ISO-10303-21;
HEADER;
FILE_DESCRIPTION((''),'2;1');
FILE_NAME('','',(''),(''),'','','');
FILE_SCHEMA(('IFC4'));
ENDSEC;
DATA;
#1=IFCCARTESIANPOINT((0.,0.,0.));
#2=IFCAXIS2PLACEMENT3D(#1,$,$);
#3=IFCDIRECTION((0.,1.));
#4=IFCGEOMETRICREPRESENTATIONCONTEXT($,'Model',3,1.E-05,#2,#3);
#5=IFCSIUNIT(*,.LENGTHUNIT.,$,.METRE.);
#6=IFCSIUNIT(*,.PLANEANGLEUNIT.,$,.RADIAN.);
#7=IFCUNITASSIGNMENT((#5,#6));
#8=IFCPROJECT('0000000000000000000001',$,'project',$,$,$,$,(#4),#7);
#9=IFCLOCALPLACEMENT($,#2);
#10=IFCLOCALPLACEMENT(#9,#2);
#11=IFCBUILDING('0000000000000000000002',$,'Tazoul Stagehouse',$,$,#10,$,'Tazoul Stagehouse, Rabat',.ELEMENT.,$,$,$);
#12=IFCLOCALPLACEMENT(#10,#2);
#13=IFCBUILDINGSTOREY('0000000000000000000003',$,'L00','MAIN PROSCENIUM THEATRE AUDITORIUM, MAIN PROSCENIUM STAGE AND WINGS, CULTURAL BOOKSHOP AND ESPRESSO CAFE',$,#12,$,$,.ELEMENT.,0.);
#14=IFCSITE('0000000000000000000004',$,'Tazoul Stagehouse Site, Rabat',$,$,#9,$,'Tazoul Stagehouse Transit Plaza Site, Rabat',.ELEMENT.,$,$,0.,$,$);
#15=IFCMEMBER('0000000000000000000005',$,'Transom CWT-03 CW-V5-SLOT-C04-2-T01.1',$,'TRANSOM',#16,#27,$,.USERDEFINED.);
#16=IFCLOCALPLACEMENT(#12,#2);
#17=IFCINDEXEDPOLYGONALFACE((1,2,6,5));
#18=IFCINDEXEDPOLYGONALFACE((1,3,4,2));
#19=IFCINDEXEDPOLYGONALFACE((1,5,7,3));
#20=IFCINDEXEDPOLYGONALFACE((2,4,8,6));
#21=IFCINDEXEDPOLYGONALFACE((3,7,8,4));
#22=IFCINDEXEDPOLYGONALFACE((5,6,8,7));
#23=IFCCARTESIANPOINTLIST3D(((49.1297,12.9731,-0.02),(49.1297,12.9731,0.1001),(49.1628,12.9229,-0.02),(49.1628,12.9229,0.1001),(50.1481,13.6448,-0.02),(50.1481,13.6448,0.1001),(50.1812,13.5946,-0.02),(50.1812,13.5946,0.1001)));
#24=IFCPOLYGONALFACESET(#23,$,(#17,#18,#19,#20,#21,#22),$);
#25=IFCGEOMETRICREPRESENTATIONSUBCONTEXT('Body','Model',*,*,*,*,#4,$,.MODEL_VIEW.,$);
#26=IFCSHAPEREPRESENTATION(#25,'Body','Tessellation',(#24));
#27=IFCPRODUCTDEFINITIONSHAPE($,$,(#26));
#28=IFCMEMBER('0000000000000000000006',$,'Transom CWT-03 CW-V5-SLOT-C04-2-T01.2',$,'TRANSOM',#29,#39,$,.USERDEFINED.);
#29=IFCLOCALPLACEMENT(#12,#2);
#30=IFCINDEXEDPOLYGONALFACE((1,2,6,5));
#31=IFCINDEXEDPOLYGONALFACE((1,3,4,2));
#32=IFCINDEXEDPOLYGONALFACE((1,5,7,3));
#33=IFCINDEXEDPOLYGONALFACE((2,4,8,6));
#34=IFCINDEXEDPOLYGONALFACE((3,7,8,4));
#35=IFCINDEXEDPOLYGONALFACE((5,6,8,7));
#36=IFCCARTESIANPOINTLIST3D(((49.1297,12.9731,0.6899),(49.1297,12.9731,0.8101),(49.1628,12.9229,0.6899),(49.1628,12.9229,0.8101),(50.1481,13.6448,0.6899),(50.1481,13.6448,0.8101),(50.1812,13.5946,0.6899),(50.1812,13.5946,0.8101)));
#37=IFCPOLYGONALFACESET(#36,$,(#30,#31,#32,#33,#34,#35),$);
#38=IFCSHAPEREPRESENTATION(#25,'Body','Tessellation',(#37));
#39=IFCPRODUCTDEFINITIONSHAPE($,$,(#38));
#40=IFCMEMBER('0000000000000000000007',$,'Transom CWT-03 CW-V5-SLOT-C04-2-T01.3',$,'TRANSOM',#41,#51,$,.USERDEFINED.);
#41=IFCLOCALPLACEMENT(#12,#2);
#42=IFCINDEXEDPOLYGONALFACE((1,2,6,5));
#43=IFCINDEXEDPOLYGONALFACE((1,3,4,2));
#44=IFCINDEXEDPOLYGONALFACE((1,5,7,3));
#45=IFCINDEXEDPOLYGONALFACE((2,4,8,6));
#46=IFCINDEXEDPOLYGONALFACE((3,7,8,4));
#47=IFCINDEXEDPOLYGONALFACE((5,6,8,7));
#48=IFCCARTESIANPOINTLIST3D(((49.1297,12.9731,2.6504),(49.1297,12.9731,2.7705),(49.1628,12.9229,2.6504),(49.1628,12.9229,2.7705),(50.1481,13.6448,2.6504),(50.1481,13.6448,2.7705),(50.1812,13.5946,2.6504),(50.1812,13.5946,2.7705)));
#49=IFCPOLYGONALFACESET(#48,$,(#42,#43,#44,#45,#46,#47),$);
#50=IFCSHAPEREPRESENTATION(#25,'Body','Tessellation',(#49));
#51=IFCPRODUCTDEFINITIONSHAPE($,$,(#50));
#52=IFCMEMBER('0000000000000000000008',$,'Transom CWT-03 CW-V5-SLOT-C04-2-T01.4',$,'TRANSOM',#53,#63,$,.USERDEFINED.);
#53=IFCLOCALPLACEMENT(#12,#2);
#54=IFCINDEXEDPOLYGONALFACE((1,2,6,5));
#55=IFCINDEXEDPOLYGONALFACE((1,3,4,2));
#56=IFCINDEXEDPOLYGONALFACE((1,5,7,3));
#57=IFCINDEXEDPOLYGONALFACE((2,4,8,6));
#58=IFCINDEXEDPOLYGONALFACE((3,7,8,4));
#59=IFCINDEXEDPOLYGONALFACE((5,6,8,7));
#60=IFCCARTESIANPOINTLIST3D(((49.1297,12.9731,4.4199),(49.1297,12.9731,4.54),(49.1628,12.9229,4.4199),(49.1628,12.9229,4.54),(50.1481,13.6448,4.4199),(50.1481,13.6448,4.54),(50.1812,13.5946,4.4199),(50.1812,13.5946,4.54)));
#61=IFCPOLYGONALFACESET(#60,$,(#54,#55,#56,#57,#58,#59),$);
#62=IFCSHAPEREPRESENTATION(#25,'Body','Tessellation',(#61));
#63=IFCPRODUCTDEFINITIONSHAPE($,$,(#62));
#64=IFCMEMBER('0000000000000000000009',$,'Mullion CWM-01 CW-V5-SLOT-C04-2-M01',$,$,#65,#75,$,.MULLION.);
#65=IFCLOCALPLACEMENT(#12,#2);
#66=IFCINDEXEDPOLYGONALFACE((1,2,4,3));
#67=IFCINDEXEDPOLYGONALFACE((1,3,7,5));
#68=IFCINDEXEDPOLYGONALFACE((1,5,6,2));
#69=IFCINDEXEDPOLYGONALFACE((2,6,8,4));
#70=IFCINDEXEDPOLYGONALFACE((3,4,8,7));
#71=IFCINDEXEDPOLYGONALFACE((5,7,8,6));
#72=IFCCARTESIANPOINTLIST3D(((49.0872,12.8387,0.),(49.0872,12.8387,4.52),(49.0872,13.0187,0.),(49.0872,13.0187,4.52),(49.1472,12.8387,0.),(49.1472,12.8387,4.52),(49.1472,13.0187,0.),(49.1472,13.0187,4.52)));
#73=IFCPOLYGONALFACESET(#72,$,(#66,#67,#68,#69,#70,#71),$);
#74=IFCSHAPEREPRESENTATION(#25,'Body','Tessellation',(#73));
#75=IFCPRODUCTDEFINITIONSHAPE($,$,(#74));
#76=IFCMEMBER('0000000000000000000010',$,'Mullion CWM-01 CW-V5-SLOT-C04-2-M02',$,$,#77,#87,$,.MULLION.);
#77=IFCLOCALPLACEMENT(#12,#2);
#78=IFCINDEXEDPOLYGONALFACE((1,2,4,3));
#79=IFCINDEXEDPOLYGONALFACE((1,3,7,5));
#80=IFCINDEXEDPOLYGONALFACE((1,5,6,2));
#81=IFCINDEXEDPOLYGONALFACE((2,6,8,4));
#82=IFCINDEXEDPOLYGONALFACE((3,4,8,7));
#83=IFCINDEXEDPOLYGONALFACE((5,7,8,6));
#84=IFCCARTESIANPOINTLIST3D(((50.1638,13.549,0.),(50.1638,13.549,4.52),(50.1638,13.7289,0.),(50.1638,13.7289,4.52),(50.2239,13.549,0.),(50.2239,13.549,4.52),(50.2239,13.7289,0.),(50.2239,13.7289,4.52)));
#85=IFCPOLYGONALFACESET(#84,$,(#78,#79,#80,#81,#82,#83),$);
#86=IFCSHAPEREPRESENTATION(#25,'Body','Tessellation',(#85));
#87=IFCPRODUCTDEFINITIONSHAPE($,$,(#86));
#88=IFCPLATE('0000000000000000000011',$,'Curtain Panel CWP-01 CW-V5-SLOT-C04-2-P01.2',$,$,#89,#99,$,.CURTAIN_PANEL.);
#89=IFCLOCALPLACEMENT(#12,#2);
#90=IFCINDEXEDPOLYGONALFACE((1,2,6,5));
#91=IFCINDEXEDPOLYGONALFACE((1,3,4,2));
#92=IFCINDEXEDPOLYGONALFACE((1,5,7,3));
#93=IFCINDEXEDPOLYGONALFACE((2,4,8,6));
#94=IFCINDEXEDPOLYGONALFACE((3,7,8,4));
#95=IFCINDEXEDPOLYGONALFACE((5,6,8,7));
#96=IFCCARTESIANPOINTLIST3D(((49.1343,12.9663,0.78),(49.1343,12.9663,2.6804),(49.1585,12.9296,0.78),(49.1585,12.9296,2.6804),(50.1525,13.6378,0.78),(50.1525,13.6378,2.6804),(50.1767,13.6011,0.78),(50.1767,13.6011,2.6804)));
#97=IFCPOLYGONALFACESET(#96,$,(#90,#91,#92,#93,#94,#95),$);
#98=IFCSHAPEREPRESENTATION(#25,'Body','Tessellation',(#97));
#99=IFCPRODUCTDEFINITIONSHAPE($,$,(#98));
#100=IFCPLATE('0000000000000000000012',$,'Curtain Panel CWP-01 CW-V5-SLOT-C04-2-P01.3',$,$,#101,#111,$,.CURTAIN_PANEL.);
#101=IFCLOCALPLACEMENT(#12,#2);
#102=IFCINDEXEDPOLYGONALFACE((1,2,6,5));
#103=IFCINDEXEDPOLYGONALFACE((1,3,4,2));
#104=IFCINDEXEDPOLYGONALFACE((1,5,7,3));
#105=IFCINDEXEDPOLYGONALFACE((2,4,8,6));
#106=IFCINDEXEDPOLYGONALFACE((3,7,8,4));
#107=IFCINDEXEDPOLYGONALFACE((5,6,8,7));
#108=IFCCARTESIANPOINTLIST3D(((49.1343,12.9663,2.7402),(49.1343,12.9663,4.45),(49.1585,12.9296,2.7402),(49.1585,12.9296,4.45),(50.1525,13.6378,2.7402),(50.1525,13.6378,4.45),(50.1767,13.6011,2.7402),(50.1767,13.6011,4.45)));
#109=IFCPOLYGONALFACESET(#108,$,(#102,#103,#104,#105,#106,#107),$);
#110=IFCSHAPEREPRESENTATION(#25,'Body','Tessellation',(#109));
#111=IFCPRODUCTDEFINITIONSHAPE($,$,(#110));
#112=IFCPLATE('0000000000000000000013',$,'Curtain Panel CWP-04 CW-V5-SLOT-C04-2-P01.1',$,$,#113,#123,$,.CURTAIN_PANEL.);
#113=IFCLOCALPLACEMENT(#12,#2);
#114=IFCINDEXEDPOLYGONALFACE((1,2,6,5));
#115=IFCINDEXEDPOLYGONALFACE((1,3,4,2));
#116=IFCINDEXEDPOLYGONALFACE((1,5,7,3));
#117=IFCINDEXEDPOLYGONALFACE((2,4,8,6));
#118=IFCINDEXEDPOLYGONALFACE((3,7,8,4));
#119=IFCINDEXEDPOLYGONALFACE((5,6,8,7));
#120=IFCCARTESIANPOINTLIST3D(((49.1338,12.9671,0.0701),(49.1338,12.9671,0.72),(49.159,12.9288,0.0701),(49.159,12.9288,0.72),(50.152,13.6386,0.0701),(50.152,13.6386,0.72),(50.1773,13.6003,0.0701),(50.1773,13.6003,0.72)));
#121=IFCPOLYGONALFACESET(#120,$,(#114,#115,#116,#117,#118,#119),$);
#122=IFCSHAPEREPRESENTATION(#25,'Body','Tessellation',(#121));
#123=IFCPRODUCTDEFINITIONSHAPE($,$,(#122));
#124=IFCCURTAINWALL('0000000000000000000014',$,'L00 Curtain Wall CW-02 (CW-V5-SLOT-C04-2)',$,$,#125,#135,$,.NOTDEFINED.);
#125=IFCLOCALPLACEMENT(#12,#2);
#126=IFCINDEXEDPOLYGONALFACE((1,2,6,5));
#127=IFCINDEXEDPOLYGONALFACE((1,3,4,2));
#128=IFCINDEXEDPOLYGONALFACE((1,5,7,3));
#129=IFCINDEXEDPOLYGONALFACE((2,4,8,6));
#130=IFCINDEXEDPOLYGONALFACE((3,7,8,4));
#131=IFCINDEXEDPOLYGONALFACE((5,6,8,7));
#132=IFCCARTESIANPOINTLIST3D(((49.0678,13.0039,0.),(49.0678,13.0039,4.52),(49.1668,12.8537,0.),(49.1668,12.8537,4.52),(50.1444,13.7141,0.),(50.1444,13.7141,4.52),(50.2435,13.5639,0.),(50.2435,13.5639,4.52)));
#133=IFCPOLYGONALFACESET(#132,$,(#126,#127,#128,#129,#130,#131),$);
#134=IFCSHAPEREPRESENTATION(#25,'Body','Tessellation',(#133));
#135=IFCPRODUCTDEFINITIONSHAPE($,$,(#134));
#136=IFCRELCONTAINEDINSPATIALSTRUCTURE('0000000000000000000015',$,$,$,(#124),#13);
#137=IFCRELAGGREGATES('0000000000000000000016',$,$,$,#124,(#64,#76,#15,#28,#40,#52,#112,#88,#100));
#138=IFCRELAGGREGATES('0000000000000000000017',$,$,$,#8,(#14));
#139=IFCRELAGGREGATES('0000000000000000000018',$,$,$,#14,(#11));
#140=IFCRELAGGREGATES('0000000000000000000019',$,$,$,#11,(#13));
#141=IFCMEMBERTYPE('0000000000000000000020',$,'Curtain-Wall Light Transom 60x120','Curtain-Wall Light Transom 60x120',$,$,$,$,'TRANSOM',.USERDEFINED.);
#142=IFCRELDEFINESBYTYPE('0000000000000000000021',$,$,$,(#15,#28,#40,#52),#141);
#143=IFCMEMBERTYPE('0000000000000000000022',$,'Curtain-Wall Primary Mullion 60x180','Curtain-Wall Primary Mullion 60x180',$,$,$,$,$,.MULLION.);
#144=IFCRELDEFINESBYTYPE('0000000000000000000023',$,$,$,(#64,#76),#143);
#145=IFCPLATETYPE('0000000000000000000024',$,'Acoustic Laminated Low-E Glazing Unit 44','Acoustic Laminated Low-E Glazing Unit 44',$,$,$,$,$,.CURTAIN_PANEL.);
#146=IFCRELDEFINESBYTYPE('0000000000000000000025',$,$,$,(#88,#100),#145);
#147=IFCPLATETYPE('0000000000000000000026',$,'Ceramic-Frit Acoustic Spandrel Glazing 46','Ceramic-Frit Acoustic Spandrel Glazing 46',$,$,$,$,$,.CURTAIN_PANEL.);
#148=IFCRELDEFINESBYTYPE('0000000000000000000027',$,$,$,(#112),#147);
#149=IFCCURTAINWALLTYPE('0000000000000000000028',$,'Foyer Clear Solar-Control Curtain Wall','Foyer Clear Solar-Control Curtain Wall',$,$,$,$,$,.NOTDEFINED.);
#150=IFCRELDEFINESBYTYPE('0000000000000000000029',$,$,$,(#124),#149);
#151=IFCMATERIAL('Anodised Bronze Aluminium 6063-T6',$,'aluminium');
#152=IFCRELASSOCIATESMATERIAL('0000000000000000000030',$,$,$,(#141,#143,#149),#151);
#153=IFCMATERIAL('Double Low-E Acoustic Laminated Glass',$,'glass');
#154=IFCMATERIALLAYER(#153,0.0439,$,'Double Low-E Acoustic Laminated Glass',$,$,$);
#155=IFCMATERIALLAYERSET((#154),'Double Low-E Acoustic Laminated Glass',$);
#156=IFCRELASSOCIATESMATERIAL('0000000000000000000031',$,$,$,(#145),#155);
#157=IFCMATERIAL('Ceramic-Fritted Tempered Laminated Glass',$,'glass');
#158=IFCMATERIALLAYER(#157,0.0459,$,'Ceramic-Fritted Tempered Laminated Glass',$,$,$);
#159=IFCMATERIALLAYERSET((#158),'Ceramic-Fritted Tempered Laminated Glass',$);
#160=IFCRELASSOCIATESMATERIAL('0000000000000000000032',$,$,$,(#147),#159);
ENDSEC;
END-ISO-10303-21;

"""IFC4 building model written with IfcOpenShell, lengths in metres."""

from ifc_helpers import new_model, si_unit, direction, frame, frame_2d, origin, origin_2d, place, context, subcontext, project, spatial, rectangle, extrude, material, layer, layer_set, material_profile, profile_set, type_object, element, aggregate, save


model = new_model("IFC4")

# Units and contexts
model_context = context("Model", 3, precision=1e-05, world=origin(), true_north=direction((0.0, 1.0)))
body_context = subcontext(model_context, "Body", "Model", "MODEL_VIEW")
ifc_project = project(units=[si_unit("LENGTHUNIT", "METRE"), si_unit("PLANEANGLEUNIT", "RADIAN")], contexts=[model_context])

# Members
ifc_material_1 = material(Name="Anodised Bronze Aluminium 6063-T6", Category="aluminium")
ifc_material_profile_1 = material_profile(ifc_material_1, rectangle(XDim=0.0601, YDim=0.1201, at=origin_2d()), Name="ALU TRANSOM 60x120")
ifc_profile_set_1 = profile_set([ifc_material_profile_1], Name="Anodised Bronze Aluminium 6063-T6")
member_type_1 = type_object("IfcMemberType", Name="Curtain-Wall Light Transom 60x120", Description="Curtain-Wall Light Transom 60x120", ElementType="TRANSOM", PredefinedType="USERDEFINED", material=ifc_profile_set_1)
site_placement = place(None, origin())
building_placement = place(site_placement, origin())
storey_placement = place(building_placement, origin())
member_1_placement = place(storey_placement, frame((49.1462, 12.948, 0.04), z_axis=(0.834781, 0.550583, 0.0), x_axis=(-0.550583, 0.834781, 0.0)))
member_1 = element("IfcMember", 1, at=member_1_placement, type_object=member_type_1, Name="Transom CWT-03 CW-V5-SLOT-C04-2-T01.1", ObjectType="TRANSOM", PredefinedType="USERDEFINED", context=body_context, shape_type="SweptSolid", body=[
    extrude(rectangle(XDim=0.0601, YDim=0.1201, at=origin_2d()), origin(), (0.0, 0.0, 1.0), 1.22),
])
member_2_placement = place(storey_placement, frame((49.1462, 12.948, 0.75), z_axis=(0.834781, 0.550583, 0.0), x_axis=(-0.550583, 0.834781, 0.0)))
member_2 = element("IfcMember", 2, at=member_2_placement, type_object=member_type_1, Name="Transom CWT-03 CW-V5-SLOT-C04-2-T01.2", ObjectType="TRANSOM", PredefinedType="USERDEFINED", context=body_context, shape_type="SweptSolid", body=[
    extrude(rectangle(XDim=0.0601, YDim=0.1201, at=origin_2d()), origin(), (0.0, 0.0, 1.0), 1.22),
])
member_3_placement = place(storey_placement, frame((49.1462, 12.948, 2.7104), z_axis=(0.834781, 0.550583, 0.0), x_axis=(-0.550583, 0.834781, 0.0)))
member_3 = element("IfcMember", 3, at=member_3_placement, type_object=member_type_1, Name="Transom CWT-03 CW-V5-SLOT-C04-2-T01.3", ObjectType="TRANSOM", PredefinedType="USERDEFINED", context=body_context, shape_type="SweptSolid", body=[
    extrude(rectangle(XDim=0.0601, YDim=0.1201, at=origin_2d()), origin(), (0.0, 0.0, 1.0), 1.22),
])
member_4_placement = place(storey_placement, frame((49.1462, 12.948, 4.48), z_axis=(0.834781, 0.550583, 0.0), x_axis=(-0.550583, 0.834781, 0.0)))
member_4 = element("IfcMember", 4, at=member_4_placement, type_object=member_type_1, Name="Transom CWT-03 CW-V5-SLOT-C04-2-T01.4", ObjectType="TRANSOM", PredefinedType="USERDEFINED", context=body_context, shape_type="SweptSolid", body=[
    extrude(rectangle(XDim=0.0601, YDim=0.1201, at=origin_2d()), origin(), (0.0, 0.0, 1.0), 1.22),
])
ifc_material_profile_2 = material_profile(ifc_material_1, rectangle(XDim=0.0601, YDim=0.1799, at=origin_2d()), Name="ALU MULLION 60x180")
ifc_profile_set_2 = profile_set([ifc_material_profile_2], Name="Anodised Bronze Aluminium 6063-T6")
member_type_2 = type_object("IfcMemberType", Name="Curtain-Wall Primary Mullion 60x180", Description="Curtain-Wall Primary Mullion 60x180", PredefinedType="MULLION", material=ifc_profile_set_2)
member_5_placement = place(storey_placement, frame((49.1172, 12.9287, 0.0), z_axis=(0.0, 0.0, 1.0), x_axis=(1.0, 0.0, 0.0)))
member_5 = element("IfcMember", 5, at=member_5_placement, type_object=member_type_2, Name="Mullion CWM-01 CW-V5-SLOT-C04-2-M01", PredefinedType="MULLION", context=body_context, shape_type="SweptSolid", body=[
    extrude(rectangle(XDim=0.0601, YDim=0.1799, at=origin_2d()), origin(), (0.0, 0.0, 1.0), 4.52),
])
member_6_placement = place(storey_placement, frame((50.1938, 13.6389, 0.0), z_axis=(0.0, 0.0, 1.0), x_axis=(1.0, 0.0, 0.0)))
member_6 = element("IfcMember", 6, at=member_6_placement, type_object=member_type_2, Name="Mullion CWM-01 CW-V5-SLOT-C04-2-M02", PredefinedType="MULLION", context=body_context, shape_type="SweptSolid", body=[
    extrude(rectangle(XDim=0.0601, YDim=0.1799, at=origin_2d()), origin(), (0.0, 0.0, 1.0), 4.52),
])

# Plates
ifc_material_2 = material(Name="Double Low-E Acoustic Laminated Glass", Category="glass")
ifc_layer_1 = layer(ifc_material_2, 0.0439, Name="Double Low-E Acoustic Laminated Glass")
ifc_layer_set_1 = layer_set([ifc_layer_1], Name="Double Low-E Acoustic Laminated Glass")
plate_type_1 = type_object("IfcPlateType", Name="Acoustic Laminated Low-E Glazing Unit 44", Description="Acoustic Laminated Low-E Glazing Unit 44", PredefinedType="CURTAIN_PANEL", material=ifc_layer_set_1)
plate_1_placement = place(storey_placement, frame((49.6555, 13.2837, 0.78), z_axis=(0.0, 0.0, 1.0), x_axis=(0.834795, 0.550561, 0.0)))
plate_1 = element("IfcPlate", 7, at=plate_1_placement, type_object=plate_type_1, Name="Curtain Panel CWP-01 CW-V5-SLOT-C04-2-P01.2", PredefinedType="CURTAIN_PANEL", context=body_context, shape_type="SweptSolid", body=[
    extrude(rectangle(XDim=1.2197, YDim=0.0439, at=origin_2d()), origin(), (0.0, 0.0, 1.0), 1.9004),
])
plate_2_placement = place(storey_placement, frame((49.6555, 13.2837, 2.7402), z_axis=(0.0, 0.0, 1.0), x_axis=(0.834795, 0.550561, 0.0)))
plate_2 = element("IfcPlate", 8, at=plate_2_placement, type_object=plate_type_1, Name="Curtain Panel CWP-01 CW-V5-SLOT-C04-2-P01.3", PredefinedType="CURTAIN_PANEL", context=body_context, shape_type="SweptSolid", body=[
    extrude(rectangle(XDim=1.2197, YDim=0.0439, at=origin_2d()), origin(), (0.0, 0.0, 1.0), 1.7097),
])
ifc_material_3 = material(Name="Ceramic-Fritted Tempered Laminated Glass", Category="glass")
ifc_layer_2 = layer(ifc_material_3, 0.0459, Name="Ceramic-Fritted Tempered Laminated Glass")
ifc_layer_set_2 = layer_set([ifc_layer_2], Name="Ceramic-Fritted Tempered Laminated Glass")
plate_type_2 = type_object("IfcPlateType", Name="Ceramic-Frit Acoustic Spandrel Glazing 46", Description="Ceramic-Frit Acoustic Spandrel Glazing 46", PredefinedType="CURTAIN_PANEL", material=ifc_layer_set_2)
plate_3_placement = place(storey_placement, frame((49.6555, 13.2837, 0.0701), z_axis=(0.0, 0.0, 1.0), x_axis=(0.834795, 0.550561, 0.0)))
plate_3 = element("IfcPlate", 9, at=plate_3_placement, type_object=plate_type_2, Name="Curtain Panel CWP-04 CW-V5-SLOT-C04-2-P01.1", PredefinedType="CURTAIN_PANEL", context=body_context, shape_type="SweptSolid", body=[
    extrude(rectangle(XDim=1.2197, YDim=0.0459, at=origin_2d()), origin(), (0.0, 0.0, 1.0), 0.6499),
])

# Site, building, storey
site = spatial("IfcSite", under=ifc_project, at=site_placement, Name="Tazoul Stagehouse Site, Rabat", LongName="Tazoul Stagehouse Transit Plaza Site, Rabat", CompositionType="ELEMENT", RefElevation=0.0)
building = spatial("IfcBuilding", under=site, at=building_placement, Name="Tazoul Stagehouse", LongName="Tazoul Stagehouse, Rabat", CompositionType="ELEMENT")
storey = spatial("IfcBuildingStorey", under=building, at=storey_placement, Name="L00", Description="MAIN PROSCENIUM THEATRE AUDITORIUM, MAIN PROSCENIUM STAGE AND WINGS, CULTURAL BOOKSHOP AND ESPRESSO CAFE", CompositionType="ELEMENT", Elevation=0.0)

# Curtain wall
curtain_wall_type = type_object("IfcCurtainWallType", Name="Foyer Clear Solar-Control Curtain Wall", Description="Foyer Clear Solar-Control Curtain Wall", PredefinedType="NOTDEFINED", material=ifc_material_1)
curtain_wall_1_placement = place(storey_placement, frame((49.1172, 12.9287, 0.0), z_axis=(0.0, 0.0, 1.0), x_axis=(0.834749, 0.550631, 0.0)))
curtain_wall_1 = element("IfcCurtainWall", 10, at=curtain_wall_1_placement, inside=storey, type_object=curtain_wall_type, Name="L00 Curtain Wall CW-02 (CW-V5-SLOT-C04-2)", PredefinedType="NOTDEFINED", context=body_context, shape_type="SweptSolid", body=[
    extrude(rectangle(XDim=1.2898, YDim=0.1799, at=frame_2d((0.645, 0.0))), origin(), (0.0, 0.0, 1.0), 4.52),
])
aggregate(curtain_wall_1, [member_5, member_6, member_1, member_2, member_3, member_4, plate_3, plate_1, plate_2])

save(model, "model.ifc")
